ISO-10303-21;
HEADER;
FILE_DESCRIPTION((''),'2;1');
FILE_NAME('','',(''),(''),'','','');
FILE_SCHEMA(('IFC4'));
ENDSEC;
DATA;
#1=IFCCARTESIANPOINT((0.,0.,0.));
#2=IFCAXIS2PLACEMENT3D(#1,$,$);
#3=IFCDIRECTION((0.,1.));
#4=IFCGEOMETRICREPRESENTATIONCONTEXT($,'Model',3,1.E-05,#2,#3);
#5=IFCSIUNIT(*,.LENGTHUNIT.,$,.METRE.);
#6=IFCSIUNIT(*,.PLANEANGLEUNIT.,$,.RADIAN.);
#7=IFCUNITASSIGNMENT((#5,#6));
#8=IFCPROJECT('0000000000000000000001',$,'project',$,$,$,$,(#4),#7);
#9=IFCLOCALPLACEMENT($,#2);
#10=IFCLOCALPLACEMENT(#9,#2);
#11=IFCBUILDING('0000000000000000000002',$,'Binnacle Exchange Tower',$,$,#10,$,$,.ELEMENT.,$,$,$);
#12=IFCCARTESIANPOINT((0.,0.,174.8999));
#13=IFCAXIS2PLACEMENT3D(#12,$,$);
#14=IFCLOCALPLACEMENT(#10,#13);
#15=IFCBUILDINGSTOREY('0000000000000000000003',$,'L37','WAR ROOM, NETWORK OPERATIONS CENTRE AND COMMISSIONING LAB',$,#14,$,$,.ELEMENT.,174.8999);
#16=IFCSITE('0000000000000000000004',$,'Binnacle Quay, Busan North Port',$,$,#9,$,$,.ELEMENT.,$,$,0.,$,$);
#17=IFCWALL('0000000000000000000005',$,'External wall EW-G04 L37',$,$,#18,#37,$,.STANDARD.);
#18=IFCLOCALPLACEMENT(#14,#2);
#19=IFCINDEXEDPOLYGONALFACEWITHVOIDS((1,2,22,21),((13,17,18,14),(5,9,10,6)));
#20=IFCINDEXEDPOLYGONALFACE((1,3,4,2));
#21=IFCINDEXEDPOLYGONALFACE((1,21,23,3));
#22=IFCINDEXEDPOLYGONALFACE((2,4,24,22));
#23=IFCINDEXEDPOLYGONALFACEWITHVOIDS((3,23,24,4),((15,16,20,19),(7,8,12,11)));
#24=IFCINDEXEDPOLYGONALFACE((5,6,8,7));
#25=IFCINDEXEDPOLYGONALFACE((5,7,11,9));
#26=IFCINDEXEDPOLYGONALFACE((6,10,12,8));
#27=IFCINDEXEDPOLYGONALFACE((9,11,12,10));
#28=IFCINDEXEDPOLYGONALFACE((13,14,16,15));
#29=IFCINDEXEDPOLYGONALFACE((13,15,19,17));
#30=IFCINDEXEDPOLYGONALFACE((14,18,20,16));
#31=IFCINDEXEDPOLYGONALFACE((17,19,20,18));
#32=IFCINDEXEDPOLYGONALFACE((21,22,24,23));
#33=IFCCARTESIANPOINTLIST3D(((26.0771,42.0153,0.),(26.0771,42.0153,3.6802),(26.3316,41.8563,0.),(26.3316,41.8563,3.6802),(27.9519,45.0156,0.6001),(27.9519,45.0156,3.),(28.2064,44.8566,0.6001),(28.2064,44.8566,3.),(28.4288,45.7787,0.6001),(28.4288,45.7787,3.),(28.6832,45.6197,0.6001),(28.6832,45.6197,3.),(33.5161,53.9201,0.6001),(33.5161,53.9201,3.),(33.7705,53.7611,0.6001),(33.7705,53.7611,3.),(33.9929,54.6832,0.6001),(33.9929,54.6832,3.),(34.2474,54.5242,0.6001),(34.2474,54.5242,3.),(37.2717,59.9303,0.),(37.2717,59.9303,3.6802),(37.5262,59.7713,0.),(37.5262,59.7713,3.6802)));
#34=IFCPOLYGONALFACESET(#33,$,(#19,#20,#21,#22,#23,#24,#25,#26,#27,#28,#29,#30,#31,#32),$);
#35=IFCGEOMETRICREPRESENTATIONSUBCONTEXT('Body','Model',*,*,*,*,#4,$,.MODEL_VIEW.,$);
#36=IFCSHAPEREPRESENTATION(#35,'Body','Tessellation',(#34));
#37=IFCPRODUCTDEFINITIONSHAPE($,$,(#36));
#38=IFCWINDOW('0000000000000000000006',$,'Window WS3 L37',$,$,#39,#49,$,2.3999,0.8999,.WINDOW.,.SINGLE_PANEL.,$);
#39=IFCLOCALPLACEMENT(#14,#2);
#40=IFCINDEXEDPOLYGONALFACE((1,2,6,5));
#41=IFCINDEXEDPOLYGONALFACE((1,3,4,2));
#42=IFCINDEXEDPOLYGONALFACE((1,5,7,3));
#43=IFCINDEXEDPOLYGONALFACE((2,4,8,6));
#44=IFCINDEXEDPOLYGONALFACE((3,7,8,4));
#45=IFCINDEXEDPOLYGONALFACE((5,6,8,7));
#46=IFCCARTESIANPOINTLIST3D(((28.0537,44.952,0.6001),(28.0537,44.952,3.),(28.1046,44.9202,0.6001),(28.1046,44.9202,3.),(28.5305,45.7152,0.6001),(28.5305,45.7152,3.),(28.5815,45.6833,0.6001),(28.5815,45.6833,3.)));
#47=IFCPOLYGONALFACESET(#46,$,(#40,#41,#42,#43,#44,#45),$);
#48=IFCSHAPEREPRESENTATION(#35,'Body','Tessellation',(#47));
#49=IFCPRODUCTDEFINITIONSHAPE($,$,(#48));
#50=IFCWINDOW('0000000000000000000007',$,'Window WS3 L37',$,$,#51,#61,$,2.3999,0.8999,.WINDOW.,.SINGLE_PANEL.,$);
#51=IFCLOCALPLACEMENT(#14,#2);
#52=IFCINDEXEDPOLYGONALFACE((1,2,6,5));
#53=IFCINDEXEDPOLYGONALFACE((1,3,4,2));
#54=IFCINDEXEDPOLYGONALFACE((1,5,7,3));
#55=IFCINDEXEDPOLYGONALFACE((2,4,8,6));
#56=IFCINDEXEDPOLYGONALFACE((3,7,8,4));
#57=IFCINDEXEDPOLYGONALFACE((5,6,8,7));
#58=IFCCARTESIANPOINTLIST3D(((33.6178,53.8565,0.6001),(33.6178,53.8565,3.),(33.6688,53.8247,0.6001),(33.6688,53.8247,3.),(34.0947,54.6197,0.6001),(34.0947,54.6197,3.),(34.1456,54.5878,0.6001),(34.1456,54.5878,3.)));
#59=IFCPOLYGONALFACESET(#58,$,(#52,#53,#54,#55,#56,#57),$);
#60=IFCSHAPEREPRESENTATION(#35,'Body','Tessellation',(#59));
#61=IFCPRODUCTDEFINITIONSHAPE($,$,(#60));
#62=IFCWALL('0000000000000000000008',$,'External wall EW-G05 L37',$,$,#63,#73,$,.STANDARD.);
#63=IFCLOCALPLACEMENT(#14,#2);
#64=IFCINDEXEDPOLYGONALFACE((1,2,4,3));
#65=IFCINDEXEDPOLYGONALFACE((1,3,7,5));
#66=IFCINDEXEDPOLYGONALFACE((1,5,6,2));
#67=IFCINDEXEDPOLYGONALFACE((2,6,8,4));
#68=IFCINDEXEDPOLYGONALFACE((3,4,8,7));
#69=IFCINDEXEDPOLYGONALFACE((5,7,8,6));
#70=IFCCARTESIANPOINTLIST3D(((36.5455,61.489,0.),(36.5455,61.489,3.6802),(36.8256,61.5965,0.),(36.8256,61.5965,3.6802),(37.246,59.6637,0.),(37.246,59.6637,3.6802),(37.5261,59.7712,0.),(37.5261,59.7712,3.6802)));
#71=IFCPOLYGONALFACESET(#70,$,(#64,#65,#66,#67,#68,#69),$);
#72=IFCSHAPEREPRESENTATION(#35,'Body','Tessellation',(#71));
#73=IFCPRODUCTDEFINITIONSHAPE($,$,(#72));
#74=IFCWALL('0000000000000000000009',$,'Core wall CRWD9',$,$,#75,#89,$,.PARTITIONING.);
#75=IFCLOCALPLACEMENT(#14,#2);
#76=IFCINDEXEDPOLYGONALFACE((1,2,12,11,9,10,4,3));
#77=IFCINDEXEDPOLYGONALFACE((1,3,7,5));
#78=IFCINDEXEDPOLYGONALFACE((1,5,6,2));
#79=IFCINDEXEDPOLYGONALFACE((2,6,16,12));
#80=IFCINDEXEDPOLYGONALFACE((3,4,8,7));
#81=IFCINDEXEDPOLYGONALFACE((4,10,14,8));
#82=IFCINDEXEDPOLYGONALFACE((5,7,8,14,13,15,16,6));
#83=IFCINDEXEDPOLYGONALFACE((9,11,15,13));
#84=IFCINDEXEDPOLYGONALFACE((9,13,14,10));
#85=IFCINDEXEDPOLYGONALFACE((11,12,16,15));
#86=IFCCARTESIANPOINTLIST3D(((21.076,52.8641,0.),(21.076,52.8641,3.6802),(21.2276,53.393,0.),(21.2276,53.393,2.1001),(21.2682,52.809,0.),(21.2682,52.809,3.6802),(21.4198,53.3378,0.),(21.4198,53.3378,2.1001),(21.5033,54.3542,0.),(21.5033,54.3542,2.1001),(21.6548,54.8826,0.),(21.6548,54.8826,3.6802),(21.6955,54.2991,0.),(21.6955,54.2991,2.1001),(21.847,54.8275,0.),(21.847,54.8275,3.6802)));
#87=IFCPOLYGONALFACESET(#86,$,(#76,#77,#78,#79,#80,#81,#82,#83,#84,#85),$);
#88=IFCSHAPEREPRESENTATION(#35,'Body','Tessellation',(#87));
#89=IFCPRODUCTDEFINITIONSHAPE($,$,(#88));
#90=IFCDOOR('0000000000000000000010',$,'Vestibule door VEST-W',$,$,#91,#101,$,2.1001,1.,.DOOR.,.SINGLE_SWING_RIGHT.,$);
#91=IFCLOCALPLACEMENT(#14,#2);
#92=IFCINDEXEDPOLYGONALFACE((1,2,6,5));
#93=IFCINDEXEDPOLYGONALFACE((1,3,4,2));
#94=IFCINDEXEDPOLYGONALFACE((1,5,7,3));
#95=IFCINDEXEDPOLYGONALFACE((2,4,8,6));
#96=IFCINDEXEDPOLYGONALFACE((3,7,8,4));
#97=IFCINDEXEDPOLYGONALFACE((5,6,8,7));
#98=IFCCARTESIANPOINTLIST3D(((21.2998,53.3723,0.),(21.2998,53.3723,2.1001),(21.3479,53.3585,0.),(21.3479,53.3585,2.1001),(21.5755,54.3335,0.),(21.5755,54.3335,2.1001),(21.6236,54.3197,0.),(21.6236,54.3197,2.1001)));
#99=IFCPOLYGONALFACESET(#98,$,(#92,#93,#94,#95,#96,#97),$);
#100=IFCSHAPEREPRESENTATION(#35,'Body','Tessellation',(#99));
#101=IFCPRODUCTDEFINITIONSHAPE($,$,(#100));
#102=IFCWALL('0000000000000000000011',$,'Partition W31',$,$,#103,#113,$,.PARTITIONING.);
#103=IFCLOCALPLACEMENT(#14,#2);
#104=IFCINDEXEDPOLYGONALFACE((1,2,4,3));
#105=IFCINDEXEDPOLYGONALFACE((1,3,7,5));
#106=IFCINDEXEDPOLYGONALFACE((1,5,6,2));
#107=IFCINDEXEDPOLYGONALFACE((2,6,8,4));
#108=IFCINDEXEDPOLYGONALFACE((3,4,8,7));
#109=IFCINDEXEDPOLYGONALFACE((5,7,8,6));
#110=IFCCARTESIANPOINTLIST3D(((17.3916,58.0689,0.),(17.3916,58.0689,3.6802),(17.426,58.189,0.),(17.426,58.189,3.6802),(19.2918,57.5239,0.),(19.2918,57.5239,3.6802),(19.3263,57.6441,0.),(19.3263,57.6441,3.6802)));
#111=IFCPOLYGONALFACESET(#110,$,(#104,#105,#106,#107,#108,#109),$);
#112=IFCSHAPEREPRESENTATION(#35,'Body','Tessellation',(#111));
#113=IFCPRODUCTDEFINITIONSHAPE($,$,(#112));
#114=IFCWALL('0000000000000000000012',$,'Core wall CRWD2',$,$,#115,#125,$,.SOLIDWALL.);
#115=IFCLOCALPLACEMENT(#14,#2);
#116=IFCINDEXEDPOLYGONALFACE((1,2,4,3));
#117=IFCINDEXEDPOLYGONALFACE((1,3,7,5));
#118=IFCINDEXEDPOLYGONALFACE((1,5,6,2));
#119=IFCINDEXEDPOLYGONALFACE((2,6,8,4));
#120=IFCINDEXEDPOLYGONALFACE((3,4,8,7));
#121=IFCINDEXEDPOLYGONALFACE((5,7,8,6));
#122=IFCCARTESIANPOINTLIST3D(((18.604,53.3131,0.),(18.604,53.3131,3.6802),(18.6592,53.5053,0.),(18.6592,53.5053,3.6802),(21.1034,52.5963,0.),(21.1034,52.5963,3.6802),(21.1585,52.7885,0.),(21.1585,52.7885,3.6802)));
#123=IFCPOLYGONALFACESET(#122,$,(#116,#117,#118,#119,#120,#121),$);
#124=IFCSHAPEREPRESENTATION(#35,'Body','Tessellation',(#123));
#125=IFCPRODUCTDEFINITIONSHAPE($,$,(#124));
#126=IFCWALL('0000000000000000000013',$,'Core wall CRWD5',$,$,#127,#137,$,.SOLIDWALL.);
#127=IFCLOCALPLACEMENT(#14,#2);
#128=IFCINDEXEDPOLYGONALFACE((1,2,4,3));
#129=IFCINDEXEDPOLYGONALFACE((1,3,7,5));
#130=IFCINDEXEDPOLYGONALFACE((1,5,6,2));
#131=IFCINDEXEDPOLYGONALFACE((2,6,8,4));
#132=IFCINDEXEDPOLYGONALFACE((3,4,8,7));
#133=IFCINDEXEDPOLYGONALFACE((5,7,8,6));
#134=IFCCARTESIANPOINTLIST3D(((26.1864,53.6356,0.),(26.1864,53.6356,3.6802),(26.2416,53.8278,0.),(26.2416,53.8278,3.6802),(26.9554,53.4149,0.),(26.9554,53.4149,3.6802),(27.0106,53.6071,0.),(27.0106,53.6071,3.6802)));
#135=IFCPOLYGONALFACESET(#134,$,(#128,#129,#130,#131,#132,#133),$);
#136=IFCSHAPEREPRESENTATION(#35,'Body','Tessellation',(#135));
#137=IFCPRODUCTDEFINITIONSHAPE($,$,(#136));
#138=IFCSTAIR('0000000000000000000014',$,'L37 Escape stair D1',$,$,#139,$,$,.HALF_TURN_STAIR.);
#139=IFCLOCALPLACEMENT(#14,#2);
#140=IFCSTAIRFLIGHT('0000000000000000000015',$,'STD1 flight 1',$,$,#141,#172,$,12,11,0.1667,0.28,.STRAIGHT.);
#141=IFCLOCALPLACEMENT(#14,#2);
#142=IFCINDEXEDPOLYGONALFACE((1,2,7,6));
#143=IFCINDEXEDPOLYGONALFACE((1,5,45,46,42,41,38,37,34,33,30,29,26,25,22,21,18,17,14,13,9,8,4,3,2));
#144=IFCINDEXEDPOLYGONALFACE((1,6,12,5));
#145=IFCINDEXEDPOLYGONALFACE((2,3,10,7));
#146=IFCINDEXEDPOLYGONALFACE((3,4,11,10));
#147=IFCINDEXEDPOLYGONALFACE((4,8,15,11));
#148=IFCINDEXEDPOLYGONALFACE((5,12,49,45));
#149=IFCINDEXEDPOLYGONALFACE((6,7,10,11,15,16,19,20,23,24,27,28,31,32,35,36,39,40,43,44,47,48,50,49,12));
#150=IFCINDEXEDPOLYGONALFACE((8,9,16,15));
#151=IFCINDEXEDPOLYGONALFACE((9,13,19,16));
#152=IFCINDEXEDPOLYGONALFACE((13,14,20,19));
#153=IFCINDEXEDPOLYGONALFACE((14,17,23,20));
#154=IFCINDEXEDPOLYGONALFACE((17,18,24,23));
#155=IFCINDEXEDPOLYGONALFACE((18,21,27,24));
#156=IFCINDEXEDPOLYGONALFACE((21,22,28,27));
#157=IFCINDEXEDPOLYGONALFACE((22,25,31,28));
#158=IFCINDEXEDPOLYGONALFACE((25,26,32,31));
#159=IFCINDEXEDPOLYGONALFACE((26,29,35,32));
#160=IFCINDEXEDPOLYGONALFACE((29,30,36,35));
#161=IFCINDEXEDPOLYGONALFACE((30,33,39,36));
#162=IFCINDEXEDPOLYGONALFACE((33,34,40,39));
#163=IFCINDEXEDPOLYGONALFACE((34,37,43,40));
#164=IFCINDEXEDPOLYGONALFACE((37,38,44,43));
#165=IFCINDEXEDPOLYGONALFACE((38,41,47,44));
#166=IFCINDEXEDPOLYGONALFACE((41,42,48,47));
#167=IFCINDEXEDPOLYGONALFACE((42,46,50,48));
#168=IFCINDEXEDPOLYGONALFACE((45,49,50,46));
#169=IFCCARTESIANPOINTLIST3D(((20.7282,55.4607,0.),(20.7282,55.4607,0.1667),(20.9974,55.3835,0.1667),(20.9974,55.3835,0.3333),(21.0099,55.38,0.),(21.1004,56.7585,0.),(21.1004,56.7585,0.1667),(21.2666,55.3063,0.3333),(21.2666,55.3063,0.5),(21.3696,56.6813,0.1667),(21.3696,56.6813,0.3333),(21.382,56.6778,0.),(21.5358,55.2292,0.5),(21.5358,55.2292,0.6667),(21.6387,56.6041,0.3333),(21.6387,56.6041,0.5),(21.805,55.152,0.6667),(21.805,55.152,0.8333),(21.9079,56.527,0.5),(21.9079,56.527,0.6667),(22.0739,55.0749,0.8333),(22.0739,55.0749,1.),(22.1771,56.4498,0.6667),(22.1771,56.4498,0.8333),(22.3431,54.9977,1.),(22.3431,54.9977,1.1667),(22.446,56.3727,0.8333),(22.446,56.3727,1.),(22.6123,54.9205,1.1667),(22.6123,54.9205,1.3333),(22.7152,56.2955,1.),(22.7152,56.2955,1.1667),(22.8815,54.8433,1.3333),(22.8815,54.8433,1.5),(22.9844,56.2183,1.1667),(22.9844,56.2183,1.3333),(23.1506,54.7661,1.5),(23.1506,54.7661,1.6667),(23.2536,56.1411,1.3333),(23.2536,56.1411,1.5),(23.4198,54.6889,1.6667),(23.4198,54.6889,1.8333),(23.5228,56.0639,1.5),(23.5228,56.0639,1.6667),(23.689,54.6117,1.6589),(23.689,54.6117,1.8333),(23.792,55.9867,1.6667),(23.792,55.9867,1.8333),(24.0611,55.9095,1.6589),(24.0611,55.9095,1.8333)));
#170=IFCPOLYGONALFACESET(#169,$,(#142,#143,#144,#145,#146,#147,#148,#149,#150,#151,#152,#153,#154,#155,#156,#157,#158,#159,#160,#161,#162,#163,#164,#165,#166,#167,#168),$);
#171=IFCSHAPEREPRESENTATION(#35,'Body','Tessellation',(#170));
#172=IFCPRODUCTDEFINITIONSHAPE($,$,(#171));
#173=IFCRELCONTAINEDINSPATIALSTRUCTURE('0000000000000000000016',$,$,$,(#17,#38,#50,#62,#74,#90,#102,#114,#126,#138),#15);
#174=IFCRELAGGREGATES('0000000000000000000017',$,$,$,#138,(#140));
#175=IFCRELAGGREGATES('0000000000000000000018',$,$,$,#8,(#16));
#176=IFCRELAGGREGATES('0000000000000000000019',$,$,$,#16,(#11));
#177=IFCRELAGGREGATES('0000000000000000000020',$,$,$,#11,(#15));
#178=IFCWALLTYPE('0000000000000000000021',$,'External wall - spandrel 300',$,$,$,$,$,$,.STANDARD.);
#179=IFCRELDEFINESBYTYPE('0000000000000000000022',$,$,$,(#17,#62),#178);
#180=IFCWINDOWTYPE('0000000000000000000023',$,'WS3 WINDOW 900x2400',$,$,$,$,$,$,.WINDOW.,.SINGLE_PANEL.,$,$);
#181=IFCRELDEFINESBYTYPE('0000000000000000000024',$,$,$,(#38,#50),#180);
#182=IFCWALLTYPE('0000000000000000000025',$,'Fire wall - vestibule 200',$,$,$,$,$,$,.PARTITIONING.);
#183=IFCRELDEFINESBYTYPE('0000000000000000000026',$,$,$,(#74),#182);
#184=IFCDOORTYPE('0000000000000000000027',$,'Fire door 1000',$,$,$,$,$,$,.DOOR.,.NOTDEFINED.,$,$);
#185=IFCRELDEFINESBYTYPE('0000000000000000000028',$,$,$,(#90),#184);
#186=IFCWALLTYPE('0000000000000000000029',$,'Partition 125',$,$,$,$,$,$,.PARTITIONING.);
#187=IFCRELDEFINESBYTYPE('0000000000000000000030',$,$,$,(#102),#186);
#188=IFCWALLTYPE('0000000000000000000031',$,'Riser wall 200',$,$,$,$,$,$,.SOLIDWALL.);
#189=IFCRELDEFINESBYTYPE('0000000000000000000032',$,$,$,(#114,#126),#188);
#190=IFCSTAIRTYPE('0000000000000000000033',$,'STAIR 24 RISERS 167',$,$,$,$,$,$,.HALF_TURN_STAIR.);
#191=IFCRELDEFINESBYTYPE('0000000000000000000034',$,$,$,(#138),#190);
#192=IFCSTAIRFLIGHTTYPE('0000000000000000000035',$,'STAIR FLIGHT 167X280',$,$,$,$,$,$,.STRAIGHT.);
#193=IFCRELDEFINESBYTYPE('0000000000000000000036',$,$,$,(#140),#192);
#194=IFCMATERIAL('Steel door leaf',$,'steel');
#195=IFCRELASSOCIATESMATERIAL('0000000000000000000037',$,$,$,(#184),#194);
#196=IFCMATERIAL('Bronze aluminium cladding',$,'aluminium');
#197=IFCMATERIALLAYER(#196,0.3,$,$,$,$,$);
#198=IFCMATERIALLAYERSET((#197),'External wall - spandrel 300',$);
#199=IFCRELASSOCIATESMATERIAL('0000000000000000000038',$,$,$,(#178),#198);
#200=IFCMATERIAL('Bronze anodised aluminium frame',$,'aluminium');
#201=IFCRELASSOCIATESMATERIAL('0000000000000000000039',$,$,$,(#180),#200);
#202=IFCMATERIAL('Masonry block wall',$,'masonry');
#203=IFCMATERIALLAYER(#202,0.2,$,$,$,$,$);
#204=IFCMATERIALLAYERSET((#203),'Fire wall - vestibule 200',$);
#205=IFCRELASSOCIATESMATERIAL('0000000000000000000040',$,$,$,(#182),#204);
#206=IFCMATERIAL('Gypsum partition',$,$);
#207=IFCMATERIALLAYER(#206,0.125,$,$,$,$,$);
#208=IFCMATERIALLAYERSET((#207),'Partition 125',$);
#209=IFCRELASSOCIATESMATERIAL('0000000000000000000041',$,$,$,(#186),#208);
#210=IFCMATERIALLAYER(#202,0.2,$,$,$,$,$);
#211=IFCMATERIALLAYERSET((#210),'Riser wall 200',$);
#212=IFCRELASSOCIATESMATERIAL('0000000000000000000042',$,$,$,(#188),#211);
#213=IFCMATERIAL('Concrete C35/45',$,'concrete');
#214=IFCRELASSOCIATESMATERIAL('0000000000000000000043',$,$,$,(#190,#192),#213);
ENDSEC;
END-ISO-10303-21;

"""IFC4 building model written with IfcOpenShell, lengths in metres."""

from ifc_helpers import new_model, si_unit, direction, frame, frame_2d, origin, place, context, subcontext, project, spatial, polyline, rectangle, outline, extrude, material, layer, layer_set, type_object, element, fill, aggregate, save


model = new_model("IFC4")

# Units and contexts
model_context = context("Model", 3, precision=1e-05, world=origin(), true_north=direction((0.0, 1.0)))
body_context = subcontext(model_context, "Body", "Model", "MODEL_VIEW")
ifc_project = project(units=[si_unit("LENGTHUNIT", "METRE"), si_unit("PLANEANGLEUNIT", "RADIAN")], contexts=[model_context])

# Site, building, storey
site_placement = place(None, origin())
site = spatial("IfcSite", under=ifc_project, at=site_placement, Name="Binnacle Quay, Busan North Port", CompositionType="ELEMENT", RefElevation=0.0)
building_placement = place(site_placement, origin())
building = spatial("IfcBuilding", under=site, at=building_placement, Name="Binnacle Exchange Tower", CompositionType="ELEMENT")
storey_placement = place(building_placement, frame((0.0, 0.0, 174.8999)))
storey = spatial("IfcBuildingStorey", under=building, at=storey_placement, Name="L37", Description="WAR ROOM, NETWORK OPERATIONS CENTRE AND COMMISSIONING LAB", CompositionType="ELEMENT", Elevation=174.8999)

# Shared definitions
ifc_material_1 = material(Name="Steel door leaf", Category="steel")

# Shared definitions
door_type_1 = type_object("IfcDoorType", Name="Fire door 1000", OperationType="NOTDEFINED", PredefinedType="DOOR", material=ifc_material_1)

# Wall, openings, windows
ifc_material_2 = material(Name="Bronze aluminium cladding", Category="aluminium")
ifc_layer_1 = layer(ifc_material_2, 0.3)
ifc_layer_set_1 = layer_set([ifc_layer_1], Name="External wall - spandrel 300")
wall_type_1 = type_object("IfcWallType", Name="External wall - spandrel 300", PredefinedType="STANDARD", material=ifc_layer_set_1)
wall_1_placement = place(storey_placement, frame((37.3989, 59.8508, 0.0), z_axis=(0.0, 0.0, 1.0), x_axis=(-0.52992, -0.848048, 0.0)))
wall_1 = element("IfcWall", 1, at=wall_1_placement, inside=storey, type_object=wall_type_1, Name="External wall EW-G04 L37", PredefinedType="STANDARD", context=body_context, shape_type="SweptSolid", body=[
    extrude(rectangle(XDim=21.125, YDim=0.3, at=frame_2d((10.5625, 0.0))), origin(), (0.0, 0.0, 1.0), 3.6802),
])
opening_1_placement = place(wall_1_placement, frame((16.6873, 0.0, 0.6001)))
opening_1 = element("IfcOpeningElement", 2, at=opening_1_placement, cuts=wall_1, PredefinedType="OPENING", context=body_context, shape_type="SweptSolid", body=[
    extrude(rectangle(XDim=0.8999, YDim=2.3999, at=frame_2d((0.45, 1.2))), frame((0.0, 0.1599, 0.0), z_axis=(0.0, -1.0, 0.0), x_axis=(1.0, 0.0, 0.0)), (0.0, 0.0, 1.0), 0.3201),
])
opening_2_placement = place(wall_1_placement, frame((6.1873, 0.0, 0.6001)))
opening_2 = element("IfcOpeningElement", 3, at=opening_2_placement, cuts=wall_1, PredefinedType="OPENING", context=body_context, shape_type="SweptSolid", body=[
    extrude(rectangle(XDim=0.8999, YDim=2.3999, at=frame_2d((0.45, 1.2))), frame((0.0, 0.1599, 0.0), z_axis=(0.0, -1.0, 0.0), x_axis=(1.0, 0.0, 0.0)), (0.0, 0.0, 1.0), 0.3201),
])
ifc_material_3 = material(Name="Bronze anodised aluminium frame", Category="aluminium")
window_type = type_object("IfcWindowType", Name="WS3 WINDOW 900x2400", PartitioningType="SINGLE_PANEL", PredefinedType="WINDOW", material=ifc_material_3)
window_1_placement = place(opening_1_placement, origin())
window_1 = element("IfcWindow", 4, at=window_1_placement, inside=storey, type_object=window_type, Name="Window WS3 L37", OverallHeight=2.3999, OverallWidth=0.8999, PartitioningType="SINGLE_PANEL", PredefinedType="WINDOW", context=body_context, shape_type="SweptSolid", body=[
    extrude(rectangle(XDim=0.8999, YDim=2.3999, at=frame_2d((0.45, 1.2))), frame((0.0, 0.03, 0.0), z_axis=(0.0, -1.0, 0.0), x_axis=(1.0, 0.0, 0.0)), (0.0, 0.0, 1.0), 0.0601),
])
fill(opening_1, window_1)
window_2_placement = place(opening_2_placement, origin())
window_2 = element("IfcWindow", 5, at=window_2_placement, inside=storey, type_object=window_type, Name="Window WS3 L37", OverallHeight=2.3999, OverallWidth=0.8999, PartitioningType="SINGLE_PANEL", PredefinedType="WINDOW", context=body_context, shape_type="SweptSolid", body=[
    extrude(rectangle(XDim=0.8999, YDim=2.3999, at=frame_2d((0.45, 1.2))), frame((0.0, 0.03, 0.0), z_axis=(0.0, -1.0, 0.0), x_axis=(1.0, 0.0, 0.0)), (0.0, 0.0, 1.0), 0.0601),
])
fill(opening_2, window_2)

# Wall
wall_2_placement = place(storey_placement, frame((36.6855, 61.5427, 0.0), z_axis=(0.0, 0.0, 1.0), x_axis=(0.358284, -0.933612, 0.0)))
element("IfcWall", 6, at=wall_2_placement, inside=storey, type_object=wall_type_1, Name="External wall EW-G05 L37", PredefinedType="STANDARD", context=body_context, shape_type="SweptSolid", body=[
    extrude(rectangle(XDim=1.9551, YDim=0.3, at=frame_2d((0.9775, 0.0))), origin(), (0.0, 0.0, 1.0), 3.6802),
])

# Wall, opening, door
ifc_material_4 = material(Name="Masonry block wall", Category="masonry")
ifc_layer_2 = layer(ifc_material_4, 0.2)
ifc_layer_set_2 = layer_set([ifc_layer_2], Name="Fire wall - vestibule 200")
wall_type_2 = type_object("IfcWallType", Name="Fire wall - vestibule 200", PredefinedType="PARTITIONING", material=ifc_layer_set_2)
wall_3_placement = place(storey_placement, frame((21.1721, 52.8367, 0.0), z_axis=(0.0, 0.0, 1.0), x_axis=(0.275658, 0.961256, 0.0)))
wall_3 = element("IfcWall", 7, at=wall_3_placement, inside=storey, type_object=wall_type_2, Name="Core wall CRWD9", PredefinedType="PARTITIONING", context=body_context, shape_type="SweptSolid", body=[
    extrude(rectangle(XDim=2.0999, YDim=0.2, at=frame_2d((1.0498, 0.0))), origin(), (0.0, 0.0, 1.0), 3.6802),
])
opening_3_placement = place(wall_3_placement, frame((0.55, 0.0, 0.0)))
opening_3 = element("IfcOpeningElement", 8, at=opening_3_placement, cuts=wall_3, PredefinedType="OPENING", context=body_context, shape_type="SweptSolid", body=[
    extrude(rectangle(XDim=1.0, YDim=2.1001, at=frame_2d((0.5, 1.05))), frame((0.0, 0.1099, 0.0), z_axis=(0.0, -1.0, 0.0), x_axis=(1.0, 0.0, 0.0)), (0.0, 0.0, 1.0), 0.22),
])
door_1_placement = place(opening_3_placement, origin())
door_1 = element("IfcDoor", 9, at=door_1_placement, inside=storey, type_object=door_type_1, Name="Vestibule door VEST-W", OperationType="SINGLE_SWING_RIGHT", OverallHeight=2.1001, OverallWidth=1.0, PredefinedType="DOOR", context=body_context, shape_type="SweptSolid", body=[
    extrude(rectangle(XDim=1.0, YDim=2.1001, at=frame_2d((0.5, 1.05))), frame((0.0, 0.0249, 0.0), z_axis=(0.0, -1.0, 0.0), x_axis=(1.0, 0.0, 0.0)), (0.0, 0.0, 1.0), 0.05),
])
fill(opening_3, door_1)

# Walls
ifc_material_5 = material(Name="Gypsum partition")
ifc_layer_3 = layer(ifc_material_5, 0.125)
ifc_layer_set_3 = layer_set([ifc_layer_3], Name="Partition 125")
wall_type_3 = type_object("IfcWallType", Name="Partition 125", PredefinedType="PARTITIONING", material=ifc_layer_set_3)
wall_4_placement = place(storey_placement, frame((17.4089, 58.1289, 0.0), z_axis=(0.0, 0.0, 1.0), x_axis=(0.961253, -0.275667, 0.0)))
element("IfcWall", 10, at=wall_4_placement, inside=storey, type_object=wall_type_3, Name="Partition W31", PredefinedType="PARTITIONING", context=body_context, shape_type="SweptSolid", body=[
    extrude(rectangle(XDim=1.9768, YDim=0.125, at=frame_2d((0.9883, 0.0))), origin(), (0.0, 0.0, 1.0), 3.6802),
])
ifc_layer_4 = layer(ifc_material_4, 0.2)
ifc_layer_set_4 = layer_set([ifc_layer_4], Name="Riser wall 200")
wall_type_4 = type_object("IfcWallType", Name="Riser wall 200", PredefinedType="SOLIDWALL", material=ifc_layer_set_4)
wall_5_placement = place(storey_placement, frame((18.6316, 53.4092, 0.0), z_axis=(0.0, 0.0, 1.0), x_axis=(0.961247, -0.275688, 0.0)))
element("IfcWall", 11, at=wall_5_placement, inside=storey, type_object=wall_type_4, Name="Core wall CRWD2", PredefinedType="SOLIDWALL", context=body_context, shape_type="SweptSolid", body=[
    extrude(rectangle(XDim=2.6001, YDim=0.2, at=frame_2d((1.3, 0.0))), origin(), (0.0, 0.0, 1.0), 3.6802),
])
wall_6_placement = place(storey_placement, frame((26.2141, 53.7317, 0.0), z_axis=(0.0, 0.0, 1.0), x_axis=(0.961201, -0.275849, 0.0)))
element("IfcWall", 12, at=wall_6_placement, inside=storey, type_object=wall_type_4, Name="Core wall CRWD5", PredefinedType="SOLIDWALL", context=body_context, shape_type="SweptSolid", body=[
    extrude(rectangle(XDim=0.8, YDim=0.2, at=frame_2d((0.3999, 0.0))), origin(), (0.0, 0.0, 1.0), 3.6802),
])

# Stair, stair flight
ifc_material_6 = material(Name="Concrete C35/45", Category="concrete")
stair_type = type_object("IfcStairType", Name="STAIR 24 RISERS 167", PredefinedType="HALF_TURN_STAIR", material=ifc_material_6)
stair_placement = place(storey_placement, origin())
stair = element("IfcStair", 13, at=stair_placement, inside=storey, type_object=stair_type, Name="L37 Escape stair D1", PredefinedType="HALF_TURN_STAIR")
stair_flight_type = type_object("IfcStairFlightType", Name="STAIR FLIGHT 167X280", PredefinedType="STRAIGHT", material=ifc_material_6)
stair_flight_1_placement = place(storey_placement, frame((20.9143, 56.1096, 0.0), z_axis=(0.0, 0.0, 1.0), x_axis=(0.961262, -0.275637, 0.0)))
stair_flight_1 = element("IfcStairFlight", 14, at=stair_flight_1_placement, type_object=stair_flight_type, Name="STD1 flight 1", NumberOfRisers=12, NumberOfTreads=11, PredefinedType="STRAIGHT", RiserHeight=0.1667, TreadLength=0.28, context=body_context, shape_type="SweptSolid", body=[
    extrude(outline(polyline([(0.0, 0.0), (0.0, 0.1667), (0.28, 0.1667), (0.28, 0.3333), (0.5601, 0.3333), (0.5601, 0.5), (0.8401, 0.5), (0.8401, 0.6667), (1.1201, 0.6667), (1.1201, 0.8333), (1.3999, 0.8333), (1.3999, 1.0), (1.6799, 1.0), (1.6799, 1.1667), (1.96, 1.1667), (1.96, 1.3333), (2.24, 1.3333), (2.24, 1.5), (2.52, 1.5), (2.52, 1.6667), (2.8, 1.6667), (2.8, 1.8333), (3.0801, 1.8333), (3.0801, 2.0), (3.0801, 1.6589), (0.293, 0.0), (0.0, 0.0)])), frame((0.0, 0.675, 0.0), z_axis=(0.0, -1.0, 0.0), x_axis=(1.0, 0.0, 0.0)), (0.0, 0.0, 1.0), 1.3501),
])
aggregate(stair, [stair_flight_1])

save(model, "model.ifc")
